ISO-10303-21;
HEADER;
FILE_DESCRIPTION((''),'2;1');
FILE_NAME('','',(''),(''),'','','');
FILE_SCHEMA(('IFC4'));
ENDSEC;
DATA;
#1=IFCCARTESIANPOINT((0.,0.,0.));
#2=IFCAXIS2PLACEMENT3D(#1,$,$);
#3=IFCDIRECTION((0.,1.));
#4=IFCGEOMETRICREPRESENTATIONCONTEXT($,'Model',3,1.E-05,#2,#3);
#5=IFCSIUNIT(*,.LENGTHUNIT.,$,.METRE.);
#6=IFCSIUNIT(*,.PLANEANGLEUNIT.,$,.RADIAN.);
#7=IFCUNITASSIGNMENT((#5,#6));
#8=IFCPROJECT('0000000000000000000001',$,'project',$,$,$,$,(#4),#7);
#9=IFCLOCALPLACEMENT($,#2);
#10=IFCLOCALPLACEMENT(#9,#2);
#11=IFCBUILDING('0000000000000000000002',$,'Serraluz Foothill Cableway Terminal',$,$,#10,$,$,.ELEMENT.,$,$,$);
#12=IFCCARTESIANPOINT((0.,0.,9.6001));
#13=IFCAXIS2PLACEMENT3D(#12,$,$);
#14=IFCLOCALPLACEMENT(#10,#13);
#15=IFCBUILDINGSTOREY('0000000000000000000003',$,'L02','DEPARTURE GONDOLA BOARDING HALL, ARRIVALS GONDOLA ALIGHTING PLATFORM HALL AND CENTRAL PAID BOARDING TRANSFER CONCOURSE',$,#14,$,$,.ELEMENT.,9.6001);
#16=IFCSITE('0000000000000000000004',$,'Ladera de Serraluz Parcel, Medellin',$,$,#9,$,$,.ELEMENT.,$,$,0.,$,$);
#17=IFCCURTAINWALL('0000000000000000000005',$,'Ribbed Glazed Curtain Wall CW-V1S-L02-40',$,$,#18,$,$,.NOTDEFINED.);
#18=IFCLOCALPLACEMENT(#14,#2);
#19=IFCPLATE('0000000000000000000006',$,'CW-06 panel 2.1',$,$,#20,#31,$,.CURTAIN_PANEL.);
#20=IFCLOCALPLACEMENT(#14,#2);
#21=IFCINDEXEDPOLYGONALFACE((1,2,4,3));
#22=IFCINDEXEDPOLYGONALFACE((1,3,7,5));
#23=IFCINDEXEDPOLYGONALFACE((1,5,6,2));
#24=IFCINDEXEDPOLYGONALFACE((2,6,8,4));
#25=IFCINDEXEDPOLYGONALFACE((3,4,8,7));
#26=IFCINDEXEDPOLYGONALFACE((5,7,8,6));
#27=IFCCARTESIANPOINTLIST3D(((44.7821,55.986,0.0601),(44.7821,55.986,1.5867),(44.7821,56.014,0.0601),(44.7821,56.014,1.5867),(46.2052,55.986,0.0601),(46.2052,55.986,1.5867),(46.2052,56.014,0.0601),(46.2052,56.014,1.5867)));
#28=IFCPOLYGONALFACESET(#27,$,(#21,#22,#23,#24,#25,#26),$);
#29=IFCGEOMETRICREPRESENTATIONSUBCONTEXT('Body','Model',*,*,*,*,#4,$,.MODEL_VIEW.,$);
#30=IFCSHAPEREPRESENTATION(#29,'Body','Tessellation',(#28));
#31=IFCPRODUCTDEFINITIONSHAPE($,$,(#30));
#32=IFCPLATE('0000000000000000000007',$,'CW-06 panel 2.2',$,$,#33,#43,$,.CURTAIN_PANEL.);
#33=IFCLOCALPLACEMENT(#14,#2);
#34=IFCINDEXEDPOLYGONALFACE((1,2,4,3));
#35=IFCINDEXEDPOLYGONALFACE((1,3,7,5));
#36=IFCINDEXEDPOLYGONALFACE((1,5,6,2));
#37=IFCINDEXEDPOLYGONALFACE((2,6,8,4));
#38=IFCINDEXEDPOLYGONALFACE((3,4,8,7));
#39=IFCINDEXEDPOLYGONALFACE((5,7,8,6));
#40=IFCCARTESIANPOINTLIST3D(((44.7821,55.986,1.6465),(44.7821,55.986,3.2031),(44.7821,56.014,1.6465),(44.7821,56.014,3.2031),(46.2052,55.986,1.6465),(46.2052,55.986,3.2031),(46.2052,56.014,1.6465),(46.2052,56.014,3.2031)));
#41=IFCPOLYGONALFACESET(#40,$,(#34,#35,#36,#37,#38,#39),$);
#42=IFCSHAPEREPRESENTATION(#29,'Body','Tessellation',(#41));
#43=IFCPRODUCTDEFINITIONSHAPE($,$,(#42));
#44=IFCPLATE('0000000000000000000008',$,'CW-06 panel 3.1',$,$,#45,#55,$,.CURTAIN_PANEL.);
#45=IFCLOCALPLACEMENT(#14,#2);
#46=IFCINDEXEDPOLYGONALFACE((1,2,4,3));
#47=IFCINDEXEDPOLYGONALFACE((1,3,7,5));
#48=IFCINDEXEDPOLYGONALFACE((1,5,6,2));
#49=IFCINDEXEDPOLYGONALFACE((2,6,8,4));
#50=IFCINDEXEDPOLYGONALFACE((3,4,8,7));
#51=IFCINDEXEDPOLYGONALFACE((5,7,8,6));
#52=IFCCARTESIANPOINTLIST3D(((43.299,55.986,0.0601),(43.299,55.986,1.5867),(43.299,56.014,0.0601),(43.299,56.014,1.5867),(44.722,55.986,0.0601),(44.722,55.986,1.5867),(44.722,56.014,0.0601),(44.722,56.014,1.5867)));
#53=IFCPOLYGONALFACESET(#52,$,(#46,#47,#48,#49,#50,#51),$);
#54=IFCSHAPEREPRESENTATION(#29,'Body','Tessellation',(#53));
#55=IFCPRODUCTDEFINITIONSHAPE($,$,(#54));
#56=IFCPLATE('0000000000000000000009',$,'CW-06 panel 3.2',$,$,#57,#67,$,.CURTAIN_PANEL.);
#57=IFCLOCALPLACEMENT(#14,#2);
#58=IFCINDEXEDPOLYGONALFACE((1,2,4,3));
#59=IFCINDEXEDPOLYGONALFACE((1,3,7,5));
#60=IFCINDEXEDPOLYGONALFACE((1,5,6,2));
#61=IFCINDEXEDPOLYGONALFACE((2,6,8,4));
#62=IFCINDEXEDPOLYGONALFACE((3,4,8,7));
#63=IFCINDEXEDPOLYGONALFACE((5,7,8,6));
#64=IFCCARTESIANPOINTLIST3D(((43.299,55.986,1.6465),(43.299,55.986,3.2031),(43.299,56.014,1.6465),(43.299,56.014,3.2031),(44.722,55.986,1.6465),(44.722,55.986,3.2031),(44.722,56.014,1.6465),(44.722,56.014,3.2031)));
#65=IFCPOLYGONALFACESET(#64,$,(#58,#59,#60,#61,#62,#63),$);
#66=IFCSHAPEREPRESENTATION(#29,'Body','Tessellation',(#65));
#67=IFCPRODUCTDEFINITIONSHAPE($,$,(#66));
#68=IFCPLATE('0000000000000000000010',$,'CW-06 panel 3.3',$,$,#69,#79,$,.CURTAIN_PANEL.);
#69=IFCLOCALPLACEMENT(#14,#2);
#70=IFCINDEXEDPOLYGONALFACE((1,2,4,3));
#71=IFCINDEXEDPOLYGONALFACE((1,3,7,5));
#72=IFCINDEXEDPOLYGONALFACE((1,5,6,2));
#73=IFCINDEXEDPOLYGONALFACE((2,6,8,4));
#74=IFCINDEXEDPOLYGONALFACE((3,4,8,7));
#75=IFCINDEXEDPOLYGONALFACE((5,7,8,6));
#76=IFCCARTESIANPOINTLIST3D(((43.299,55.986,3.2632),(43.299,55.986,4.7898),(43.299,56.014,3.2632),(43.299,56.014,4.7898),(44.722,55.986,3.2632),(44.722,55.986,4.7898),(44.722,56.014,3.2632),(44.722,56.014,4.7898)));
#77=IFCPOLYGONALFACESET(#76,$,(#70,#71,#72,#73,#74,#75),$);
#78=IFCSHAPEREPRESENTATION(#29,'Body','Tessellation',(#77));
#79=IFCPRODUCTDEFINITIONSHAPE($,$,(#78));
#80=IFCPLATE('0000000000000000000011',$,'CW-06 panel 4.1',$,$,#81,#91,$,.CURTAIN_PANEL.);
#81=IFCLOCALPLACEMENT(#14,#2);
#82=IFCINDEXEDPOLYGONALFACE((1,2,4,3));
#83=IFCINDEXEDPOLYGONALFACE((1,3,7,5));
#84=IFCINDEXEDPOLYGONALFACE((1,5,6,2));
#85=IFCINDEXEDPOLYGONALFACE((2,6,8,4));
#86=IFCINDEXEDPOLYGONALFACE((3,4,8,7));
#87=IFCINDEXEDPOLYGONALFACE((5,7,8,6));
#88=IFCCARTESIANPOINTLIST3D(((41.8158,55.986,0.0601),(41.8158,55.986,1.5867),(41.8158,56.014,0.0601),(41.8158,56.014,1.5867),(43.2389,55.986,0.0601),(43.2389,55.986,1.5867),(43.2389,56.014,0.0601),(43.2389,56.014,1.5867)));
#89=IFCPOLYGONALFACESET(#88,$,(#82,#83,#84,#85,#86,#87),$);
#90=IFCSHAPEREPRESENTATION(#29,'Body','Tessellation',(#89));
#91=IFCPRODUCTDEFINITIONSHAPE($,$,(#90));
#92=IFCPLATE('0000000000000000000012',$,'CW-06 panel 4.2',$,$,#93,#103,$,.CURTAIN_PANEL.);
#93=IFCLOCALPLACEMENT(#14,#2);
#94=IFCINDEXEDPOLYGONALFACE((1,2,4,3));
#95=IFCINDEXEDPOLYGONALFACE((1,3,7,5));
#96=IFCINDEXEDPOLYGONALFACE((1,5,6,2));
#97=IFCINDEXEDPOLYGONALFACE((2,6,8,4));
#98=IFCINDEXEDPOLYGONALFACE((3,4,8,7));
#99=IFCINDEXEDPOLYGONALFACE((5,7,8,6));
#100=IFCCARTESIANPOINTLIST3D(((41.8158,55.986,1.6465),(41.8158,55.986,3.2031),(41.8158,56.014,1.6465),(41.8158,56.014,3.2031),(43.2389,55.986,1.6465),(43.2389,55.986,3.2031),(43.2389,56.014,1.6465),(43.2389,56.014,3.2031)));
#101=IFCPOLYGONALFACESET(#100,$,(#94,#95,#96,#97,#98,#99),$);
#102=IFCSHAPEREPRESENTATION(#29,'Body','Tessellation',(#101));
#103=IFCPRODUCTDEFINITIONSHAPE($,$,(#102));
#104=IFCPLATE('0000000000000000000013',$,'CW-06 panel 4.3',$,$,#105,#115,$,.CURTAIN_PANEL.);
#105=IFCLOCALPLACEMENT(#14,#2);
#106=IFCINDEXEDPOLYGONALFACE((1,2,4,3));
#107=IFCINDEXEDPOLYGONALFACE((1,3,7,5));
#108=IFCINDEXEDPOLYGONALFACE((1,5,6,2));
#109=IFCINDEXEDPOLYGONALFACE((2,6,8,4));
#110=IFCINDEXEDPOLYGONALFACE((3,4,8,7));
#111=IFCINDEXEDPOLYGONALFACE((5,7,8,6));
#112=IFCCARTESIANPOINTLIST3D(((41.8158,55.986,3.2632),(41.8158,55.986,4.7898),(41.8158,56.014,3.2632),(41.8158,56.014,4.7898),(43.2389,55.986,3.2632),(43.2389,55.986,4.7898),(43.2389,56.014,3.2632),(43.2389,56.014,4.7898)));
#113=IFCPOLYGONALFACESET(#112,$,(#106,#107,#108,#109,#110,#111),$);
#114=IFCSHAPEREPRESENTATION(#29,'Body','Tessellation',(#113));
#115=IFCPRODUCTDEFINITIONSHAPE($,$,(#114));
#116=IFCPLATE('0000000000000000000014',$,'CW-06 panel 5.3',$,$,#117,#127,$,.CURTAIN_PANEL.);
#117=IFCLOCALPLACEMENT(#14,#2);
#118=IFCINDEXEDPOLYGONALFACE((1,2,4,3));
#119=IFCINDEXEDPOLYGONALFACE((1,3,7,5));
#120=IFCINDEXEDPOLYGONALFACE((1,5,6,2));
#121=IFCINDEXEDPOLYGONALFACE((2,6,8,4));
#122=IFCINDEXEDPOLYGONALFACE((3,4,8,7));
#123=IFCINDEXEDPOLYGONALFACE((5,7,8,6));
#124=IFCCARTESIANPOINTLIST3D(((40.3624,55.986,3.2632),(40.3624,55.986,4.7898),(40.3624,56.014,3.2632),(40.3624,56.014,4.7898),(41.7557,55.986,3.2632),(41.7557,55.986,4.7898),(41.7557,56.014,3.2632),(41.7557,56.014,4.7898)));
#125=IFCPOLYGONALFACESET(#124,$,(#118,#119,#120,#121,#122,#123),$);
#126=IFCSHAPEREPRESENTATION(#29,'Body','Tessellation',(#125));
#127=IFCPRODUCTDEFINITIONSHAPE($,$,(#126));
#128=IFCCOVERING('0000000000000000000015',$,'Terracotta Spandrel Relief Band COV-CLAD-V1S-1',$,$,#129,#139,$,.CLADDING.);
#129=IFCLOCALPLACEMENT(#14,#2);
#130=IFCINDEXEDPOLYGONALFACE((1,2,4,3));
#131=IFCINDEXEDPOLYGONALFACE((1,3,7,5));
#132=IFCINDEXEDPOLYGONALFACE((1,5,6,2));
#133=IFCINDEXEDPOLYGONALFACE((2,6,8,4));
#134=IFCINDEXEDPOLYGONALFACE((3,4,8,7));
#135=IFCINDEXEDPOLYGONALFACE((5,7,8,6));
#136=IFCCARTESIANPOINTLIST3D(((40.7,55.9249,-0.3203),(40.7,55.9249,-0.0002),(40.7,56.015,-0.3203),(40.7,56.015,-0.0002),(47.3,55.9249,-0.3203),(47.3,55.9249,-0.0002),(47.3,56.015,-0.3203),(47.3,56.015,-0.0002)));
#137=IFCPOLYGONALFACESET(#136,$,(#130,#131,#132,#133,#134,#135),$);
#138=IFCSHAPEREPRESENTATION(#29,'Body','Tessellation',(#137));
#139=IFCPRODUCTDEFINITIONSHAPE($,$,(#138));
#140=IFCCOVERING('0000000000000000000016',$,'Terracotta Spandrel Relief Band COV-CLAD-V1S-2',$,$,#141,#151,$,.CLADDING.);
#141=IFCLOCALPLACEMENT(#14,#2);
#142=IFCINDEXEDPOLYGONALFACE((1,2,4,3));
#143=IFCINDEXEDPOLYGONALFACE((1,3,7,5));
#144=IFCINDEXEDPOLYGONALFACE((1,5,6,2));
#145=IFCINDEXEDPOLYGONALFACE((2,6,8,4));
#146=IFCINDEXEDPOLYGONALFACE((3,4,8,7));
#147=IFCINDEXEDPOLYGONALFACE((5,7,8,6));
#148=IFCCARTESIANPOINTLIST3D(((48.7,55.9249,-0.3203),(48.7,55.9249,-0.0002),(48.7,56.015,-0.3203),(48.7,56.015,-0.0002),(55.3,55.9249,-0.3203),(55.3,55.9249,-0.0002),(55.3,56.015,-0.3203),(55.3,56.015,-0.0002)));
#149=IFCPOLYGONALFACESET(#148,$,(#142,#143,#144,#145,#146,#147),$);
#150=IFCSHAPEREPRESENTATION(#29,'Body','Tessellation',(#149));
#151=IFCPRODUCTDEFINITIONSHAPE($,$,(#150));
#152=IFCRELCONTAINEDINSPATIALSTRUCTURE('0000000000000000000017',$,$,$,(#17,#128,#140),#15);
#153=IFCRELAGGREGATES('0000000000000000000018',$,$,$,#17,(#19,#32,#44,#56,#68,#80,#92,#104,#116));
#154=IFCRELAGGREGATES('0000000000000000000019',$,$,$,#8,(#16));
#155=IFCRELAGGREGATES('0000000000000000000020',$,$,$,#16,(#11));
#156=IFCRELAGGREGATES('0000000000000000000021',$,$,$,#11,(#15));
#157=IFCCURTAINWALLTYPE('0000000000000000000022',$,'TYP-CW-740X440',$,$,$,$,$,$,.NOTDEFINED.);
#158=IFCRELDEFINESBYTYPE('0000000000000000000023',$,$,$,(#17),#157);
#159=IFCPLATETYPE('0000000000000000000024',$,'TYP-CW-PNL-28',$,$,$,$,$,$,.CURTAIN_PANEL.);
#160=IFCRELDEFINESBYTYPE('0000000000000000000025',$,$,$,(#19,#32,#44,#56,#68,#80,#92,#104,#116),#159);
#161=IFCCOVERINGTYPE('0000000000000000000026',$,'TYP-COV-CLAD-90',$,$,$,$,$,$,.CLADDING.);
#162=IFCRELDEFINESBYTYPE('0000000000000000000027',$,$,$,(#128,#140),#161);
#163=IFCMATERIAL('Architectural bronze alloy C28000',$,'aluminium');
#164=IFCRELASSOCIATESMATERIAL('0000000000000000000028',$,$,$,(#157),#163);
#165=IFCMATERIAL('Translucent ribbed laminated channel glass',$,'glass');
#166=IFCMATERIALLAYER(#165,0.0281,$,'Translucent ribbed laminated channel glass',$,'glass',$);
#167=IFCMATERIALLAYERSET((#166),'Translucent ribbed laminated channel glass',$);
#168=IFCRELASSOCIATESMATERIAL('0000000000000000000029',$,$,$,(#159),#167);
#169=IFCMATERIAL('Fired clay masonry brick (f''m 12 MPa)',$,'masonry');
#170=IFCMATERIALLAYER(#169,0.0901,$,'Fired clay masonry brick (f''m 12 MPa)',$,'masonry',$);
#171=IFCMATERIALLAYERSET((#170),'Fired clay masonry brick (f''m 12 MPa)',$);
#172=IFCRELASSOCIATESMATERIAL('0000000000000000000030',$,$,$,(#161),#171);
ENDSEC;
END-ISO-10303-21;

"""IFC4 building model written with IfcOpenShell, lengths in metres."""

from ifc_helpers import new_model, si_unit, direction, frame, origin, origin_2d, place, context, subcontext, project, spatial, rectangle, extrude, material, layer, layer_set, type_object, element, aggregate, save


model = new_model("IFC4")

# Units and contexts
model_context = context("Model", 3, precision=1e-05, world=origin(), true_north=direction((0.0, 1.0)))
body_context = subcontext(model_context, "Body", "Model", "MODEL_VIEW")
ifc_project = project(units=[si_unit("LENGTHUNIT", "METRE"), si_unit("PLANEANGLEUNIT", "RADIAN")], contexts=[model_context])

# Site, building, storey
site_placement = place(None, origin())
site = spatial("IfcSite", under=ifc_project, at=site_placement, Name="Ladera de Serraluz Parcel, Medellin", CompositionType="ELEMENT", RefElevation=0.0)
building_placement = place(site_placement, origin())
building = spatial("IfcBuilding", under=site, at=building_placement, Name="Serraluz Foothill Cableway Terminal", CompositionType="ELEMENT")
storey_placement = place(building_placement, frame((0.0, 0.0, 9.6001)))
storey = spatial("IfcBuildingStorey", under=building, at=storey_placement, Name="L02", Description="DEPARTURE GONDOLA BOARDING HALL, ARRIVALS GONDOLA ALIGHTING PLATFORM HALL AND CENTRAL PAID BOARDING TRANSFER CONCOURSE", CompositionType="ELEMENT", Elevation=9.6001)

# Curtain wall, plates
ifc_material_1 = material(Name="Architectural bronze alloy C28000", Category="aluminium")
curtain_wall_type = type_object("IfcCurtainWallType", Name="TYP-CW-740X440", PredefinedType="NOTDEFINED", material=ifc_material_1)
curtain_wall_placement = place(storey_placement, origin())
curtain_wall = element("IfcCurtainWall", 1, at=curtain_wall_placement, inside=storey, type_object=curtain_wall_type, Name="Ribbed Glazed Curtain Wall CW-V1S-L02-40", PredefinedType="NOTDEFINED")
ifc_material_2 = material(Name="Translucent ribbed laminated channel glass", Category="glass")
ifc_layer_1 = layer(ifc_material_2, 0.0281, Name="Translucent ribbed laminated channel glass", Category="glass")
ifc_layer_set_1 = layer_set([ifc_layer_1], Name="Translucent ribbed laminated channel glass")
plate_type = type_object("IfcPlateType", Name="TYP-CW-PNL-28", PredefinedType="CURTAIN_PANEL", material=ifc_layer_set_1)
plate_1_placement = place(storey_placement, frame((45.4937, 56.0, 0.0601), z_axis=(0.0, 0.0, 1.0), x_axis=(-1.0, 0.0, 0.0)))
plate_1 = element("IfcPlate", 2, at=plate_1_placement, type_object=plate_type, Name="CW-06 panel 2.1", PredefinedType="CURTAIN_PANEL", context=body_context, shape_type="SweptSolid", body=[
    extrude(rectangle(XDim=1.4231, YDim=0.0281, at=origin_2d()), origin(), (0.0, 0.0, 1.0), 1.5266),
])
plate_2_placement = place(storey_placement, frame((45.4937, 56.0, 1.6465), z_axis=(0.0, 0.0, 1.0), x_axis=(-1.0, 0.0, 0.0)))
plate_2 = element("IfcPlate", 3, at=plate_2_placement, type_object=plate_type, Name="CW-06 panel 2.2", PredefinedType="CURTAIN_PANEL", context=body_context, shape_type="SweptSolid", body=[
    extrude(rectangle(XDim=1.4231, YDim=0.0281, at=origin_2d()), origin(), (0.0, 0.0, 1.0), 1.5566),
])
plate_3_placement = place(storey_placement, frame((44.0105, 56.0, 0.0601), z_axis=(0.0, 0.0, 1.0), x_axis=(-1.0, 0.0, 0.0)))
plate_3 = element("IfcPlate", 4, at=plate_3_placement, type_object=plate_type, Name="CW-06 panel 3.1", PredefinedType="CURTAIN_PANEL", context=body_context, shape_type="SweptSolid", body=[
    extrude(rectangle(XDim=1.4231, YDim=0.0281, at=origin_2d()), origin(), (0.0, 0.0, 1.0), 1.5266),
])
plate_4_placement = place(storey_placement, frame((44.0105, 56.0, 1.6465), z_axis=(0.0, 0.0, 1.0), x_axis=(-1.0, 0.0, 0.0)))
plate_4 = element("IfcPlate", 5, at=plate_4_placement, type_object=plate_type, Name="CW-06 panel 3.2", PredefinedType="CURTAIN_PANEL", context=body_context, shape_type="SweptSolid", body=[
    extrude(rectangle(XDim=1.4231, YDim=0.0281, at=origin_2d()), origin(), (0.0, 0.0, 1.0), 1.5566),
])
plate_5_placement = place(storey_placement, frame((44.0105, 56.0, 3.2632), z_axis=(0.0, 0.0, 1.0), x_axis=(-1.0, 0.0, 0.0)))
plate_5 = element("IfcPlate", 6, at=plate_5_placement, type_object=plate_type, Name="CW-06 panel 3.3", PredefinedType="CURTAIN_PANEL", context=body_context, shape_type="SweptSolid", body=[
    extrude(rectangle(XDim=1.4231, YDim=0.0281, at=origin_2d()), origin(), (0.0, 0.0, 1.0), 1.5266),
])
plate_6_placement = place(storey_placement, frame((42.5273, 56.0, 0.0601), z_axis=(0.0, 0.0, 1.0), x_axis=(-1.0, 0.0, 0.0)))
plate_6 = element("IfcPlate", 7, at=plate_6_placement, type_object=plate_type, Name="CW-06 panel 4.1", PredefinedType="CURTAIN_PANEL", context=body_context, shape_type="SweptSolid", body=[
    extrude(rectangle(XDim=1.4231, YDim=0.0281, at=origin_2d()), origin(), (0.0, 0.0, 1.0), 1.5266),
])
plate_7_placement = place(storey_placement, frame((42.5273, 56.0, 1.6465), z_axis=(0.0, 0.0, 1.0), x_axis=(-1.0, 0.0, 0.0)))
plate_7 = element("IfcPlate", 8, at=plate_7_placement, type_object=plate_type, Name="CW-06 panel 4.2", PredefinedType="CURTAIN_PANEL", context=body_context, shape_type="SweptSolid", body=[
    extrude(rectangle(XDim=1.4231, YDim=0.0281, at=origin_2d()), origin(), (0.0, 0.0, 1.0), 1.5566),
])
plate_8_placement = place(storey_placement, frame((42.5273, 56.0, 3.2632), z_axis=(0.0, 0.0, 1.0), x_axis=(-1.0, 0.0, 0.0)))
plate_8 = element("IfcPlate", 9, at=plate_8_placement, type_object=plate_type, Name="CW-06 panel 4.3", PredefinedType="CURTAIN_PANEL", context=body_context, shape_type="SweptSolid", body=[
    extrude(rectangle(XDim=1.4231, YDim=0.0281, at=origin_2d()), origin(), (0.0, 0.0, 1.0), 1.5266),
])
plate_9_placement = place(storey_placement, frame((41.0591, 56.0, 3.2632), z_axis=(0.0, 0.0, 1.0), x_axis=(-1.0, 0.0, 0.0)))
plate_9 = element("IfcPlate", 10, at=plate_9_placement, type_object=plate_type, Name="CW-06 panel 5.3", PredefinedType="CURTAIN_PANEL", context=body_context, shape_type="SweptSolid", body=[
    extrude(rectangle(XDim=1.3933, YDim=0.0281, at=origin_2d()), origin(), (0.0, 0.0, 1.0), 1.5266),
])
aggregate(curtain_wall, [plate_1, plate_2, plate_3, plate_4, plate_5, plate_6, plate_7, plate_8, plate_9])

# Coverings
ifc_material_3 = material(Name="Fired clay masonry brick (f'm 12 MPa)", Category="masonry")
ifc_layer_2 = layer(ifc_material_3, 0.0901, Name="Fired clay masonry brick (f'm 12 MPa)", Category="masonry")
ifc_layer_set_2 = layer_set([ifc_layer_2], Name="Fired clay masonry brick (f'm 12 MPa)")
covering_type = type_object("IfcCoveringType", Name="TYP-COV-CLAD-90", PredefinedType="CLADDING", material=ifc_layer_set_2)
for number, where, z_axis, x_axis, name in (
    (11, (44.0, 55.97, -0.3203), (0.0, 0.0, 1.0), (1.0, 0.0, 0.0), "Terracotta Spandrel Relief Band COV-CLAD-V1S-1"),
    (12, (52.0, 55.97, -0.3203), (0.0, 0.0, 1.0), (1.0, 0.0, 0.0), "Terracotta Spandrel Relief Band COV-CLAD-V1S-2"),
):
    element("IfcCovering", number, at=place(storey_placement, frame(where, z_axis=z_axis, x_axis=x_axis)), inside=storey, type_object=covering_type, Name=name, PredefinedType="CLADDING", context=body_context, shape_type="SweptSolid", body=[
        extrude(rectangle(XDim=6.6001, YDim=0.0901, at=origin_2d()), origin(), (0.0, 0.0, 1.0), 0.3201),
    ])

save(model, "model.ifc")
